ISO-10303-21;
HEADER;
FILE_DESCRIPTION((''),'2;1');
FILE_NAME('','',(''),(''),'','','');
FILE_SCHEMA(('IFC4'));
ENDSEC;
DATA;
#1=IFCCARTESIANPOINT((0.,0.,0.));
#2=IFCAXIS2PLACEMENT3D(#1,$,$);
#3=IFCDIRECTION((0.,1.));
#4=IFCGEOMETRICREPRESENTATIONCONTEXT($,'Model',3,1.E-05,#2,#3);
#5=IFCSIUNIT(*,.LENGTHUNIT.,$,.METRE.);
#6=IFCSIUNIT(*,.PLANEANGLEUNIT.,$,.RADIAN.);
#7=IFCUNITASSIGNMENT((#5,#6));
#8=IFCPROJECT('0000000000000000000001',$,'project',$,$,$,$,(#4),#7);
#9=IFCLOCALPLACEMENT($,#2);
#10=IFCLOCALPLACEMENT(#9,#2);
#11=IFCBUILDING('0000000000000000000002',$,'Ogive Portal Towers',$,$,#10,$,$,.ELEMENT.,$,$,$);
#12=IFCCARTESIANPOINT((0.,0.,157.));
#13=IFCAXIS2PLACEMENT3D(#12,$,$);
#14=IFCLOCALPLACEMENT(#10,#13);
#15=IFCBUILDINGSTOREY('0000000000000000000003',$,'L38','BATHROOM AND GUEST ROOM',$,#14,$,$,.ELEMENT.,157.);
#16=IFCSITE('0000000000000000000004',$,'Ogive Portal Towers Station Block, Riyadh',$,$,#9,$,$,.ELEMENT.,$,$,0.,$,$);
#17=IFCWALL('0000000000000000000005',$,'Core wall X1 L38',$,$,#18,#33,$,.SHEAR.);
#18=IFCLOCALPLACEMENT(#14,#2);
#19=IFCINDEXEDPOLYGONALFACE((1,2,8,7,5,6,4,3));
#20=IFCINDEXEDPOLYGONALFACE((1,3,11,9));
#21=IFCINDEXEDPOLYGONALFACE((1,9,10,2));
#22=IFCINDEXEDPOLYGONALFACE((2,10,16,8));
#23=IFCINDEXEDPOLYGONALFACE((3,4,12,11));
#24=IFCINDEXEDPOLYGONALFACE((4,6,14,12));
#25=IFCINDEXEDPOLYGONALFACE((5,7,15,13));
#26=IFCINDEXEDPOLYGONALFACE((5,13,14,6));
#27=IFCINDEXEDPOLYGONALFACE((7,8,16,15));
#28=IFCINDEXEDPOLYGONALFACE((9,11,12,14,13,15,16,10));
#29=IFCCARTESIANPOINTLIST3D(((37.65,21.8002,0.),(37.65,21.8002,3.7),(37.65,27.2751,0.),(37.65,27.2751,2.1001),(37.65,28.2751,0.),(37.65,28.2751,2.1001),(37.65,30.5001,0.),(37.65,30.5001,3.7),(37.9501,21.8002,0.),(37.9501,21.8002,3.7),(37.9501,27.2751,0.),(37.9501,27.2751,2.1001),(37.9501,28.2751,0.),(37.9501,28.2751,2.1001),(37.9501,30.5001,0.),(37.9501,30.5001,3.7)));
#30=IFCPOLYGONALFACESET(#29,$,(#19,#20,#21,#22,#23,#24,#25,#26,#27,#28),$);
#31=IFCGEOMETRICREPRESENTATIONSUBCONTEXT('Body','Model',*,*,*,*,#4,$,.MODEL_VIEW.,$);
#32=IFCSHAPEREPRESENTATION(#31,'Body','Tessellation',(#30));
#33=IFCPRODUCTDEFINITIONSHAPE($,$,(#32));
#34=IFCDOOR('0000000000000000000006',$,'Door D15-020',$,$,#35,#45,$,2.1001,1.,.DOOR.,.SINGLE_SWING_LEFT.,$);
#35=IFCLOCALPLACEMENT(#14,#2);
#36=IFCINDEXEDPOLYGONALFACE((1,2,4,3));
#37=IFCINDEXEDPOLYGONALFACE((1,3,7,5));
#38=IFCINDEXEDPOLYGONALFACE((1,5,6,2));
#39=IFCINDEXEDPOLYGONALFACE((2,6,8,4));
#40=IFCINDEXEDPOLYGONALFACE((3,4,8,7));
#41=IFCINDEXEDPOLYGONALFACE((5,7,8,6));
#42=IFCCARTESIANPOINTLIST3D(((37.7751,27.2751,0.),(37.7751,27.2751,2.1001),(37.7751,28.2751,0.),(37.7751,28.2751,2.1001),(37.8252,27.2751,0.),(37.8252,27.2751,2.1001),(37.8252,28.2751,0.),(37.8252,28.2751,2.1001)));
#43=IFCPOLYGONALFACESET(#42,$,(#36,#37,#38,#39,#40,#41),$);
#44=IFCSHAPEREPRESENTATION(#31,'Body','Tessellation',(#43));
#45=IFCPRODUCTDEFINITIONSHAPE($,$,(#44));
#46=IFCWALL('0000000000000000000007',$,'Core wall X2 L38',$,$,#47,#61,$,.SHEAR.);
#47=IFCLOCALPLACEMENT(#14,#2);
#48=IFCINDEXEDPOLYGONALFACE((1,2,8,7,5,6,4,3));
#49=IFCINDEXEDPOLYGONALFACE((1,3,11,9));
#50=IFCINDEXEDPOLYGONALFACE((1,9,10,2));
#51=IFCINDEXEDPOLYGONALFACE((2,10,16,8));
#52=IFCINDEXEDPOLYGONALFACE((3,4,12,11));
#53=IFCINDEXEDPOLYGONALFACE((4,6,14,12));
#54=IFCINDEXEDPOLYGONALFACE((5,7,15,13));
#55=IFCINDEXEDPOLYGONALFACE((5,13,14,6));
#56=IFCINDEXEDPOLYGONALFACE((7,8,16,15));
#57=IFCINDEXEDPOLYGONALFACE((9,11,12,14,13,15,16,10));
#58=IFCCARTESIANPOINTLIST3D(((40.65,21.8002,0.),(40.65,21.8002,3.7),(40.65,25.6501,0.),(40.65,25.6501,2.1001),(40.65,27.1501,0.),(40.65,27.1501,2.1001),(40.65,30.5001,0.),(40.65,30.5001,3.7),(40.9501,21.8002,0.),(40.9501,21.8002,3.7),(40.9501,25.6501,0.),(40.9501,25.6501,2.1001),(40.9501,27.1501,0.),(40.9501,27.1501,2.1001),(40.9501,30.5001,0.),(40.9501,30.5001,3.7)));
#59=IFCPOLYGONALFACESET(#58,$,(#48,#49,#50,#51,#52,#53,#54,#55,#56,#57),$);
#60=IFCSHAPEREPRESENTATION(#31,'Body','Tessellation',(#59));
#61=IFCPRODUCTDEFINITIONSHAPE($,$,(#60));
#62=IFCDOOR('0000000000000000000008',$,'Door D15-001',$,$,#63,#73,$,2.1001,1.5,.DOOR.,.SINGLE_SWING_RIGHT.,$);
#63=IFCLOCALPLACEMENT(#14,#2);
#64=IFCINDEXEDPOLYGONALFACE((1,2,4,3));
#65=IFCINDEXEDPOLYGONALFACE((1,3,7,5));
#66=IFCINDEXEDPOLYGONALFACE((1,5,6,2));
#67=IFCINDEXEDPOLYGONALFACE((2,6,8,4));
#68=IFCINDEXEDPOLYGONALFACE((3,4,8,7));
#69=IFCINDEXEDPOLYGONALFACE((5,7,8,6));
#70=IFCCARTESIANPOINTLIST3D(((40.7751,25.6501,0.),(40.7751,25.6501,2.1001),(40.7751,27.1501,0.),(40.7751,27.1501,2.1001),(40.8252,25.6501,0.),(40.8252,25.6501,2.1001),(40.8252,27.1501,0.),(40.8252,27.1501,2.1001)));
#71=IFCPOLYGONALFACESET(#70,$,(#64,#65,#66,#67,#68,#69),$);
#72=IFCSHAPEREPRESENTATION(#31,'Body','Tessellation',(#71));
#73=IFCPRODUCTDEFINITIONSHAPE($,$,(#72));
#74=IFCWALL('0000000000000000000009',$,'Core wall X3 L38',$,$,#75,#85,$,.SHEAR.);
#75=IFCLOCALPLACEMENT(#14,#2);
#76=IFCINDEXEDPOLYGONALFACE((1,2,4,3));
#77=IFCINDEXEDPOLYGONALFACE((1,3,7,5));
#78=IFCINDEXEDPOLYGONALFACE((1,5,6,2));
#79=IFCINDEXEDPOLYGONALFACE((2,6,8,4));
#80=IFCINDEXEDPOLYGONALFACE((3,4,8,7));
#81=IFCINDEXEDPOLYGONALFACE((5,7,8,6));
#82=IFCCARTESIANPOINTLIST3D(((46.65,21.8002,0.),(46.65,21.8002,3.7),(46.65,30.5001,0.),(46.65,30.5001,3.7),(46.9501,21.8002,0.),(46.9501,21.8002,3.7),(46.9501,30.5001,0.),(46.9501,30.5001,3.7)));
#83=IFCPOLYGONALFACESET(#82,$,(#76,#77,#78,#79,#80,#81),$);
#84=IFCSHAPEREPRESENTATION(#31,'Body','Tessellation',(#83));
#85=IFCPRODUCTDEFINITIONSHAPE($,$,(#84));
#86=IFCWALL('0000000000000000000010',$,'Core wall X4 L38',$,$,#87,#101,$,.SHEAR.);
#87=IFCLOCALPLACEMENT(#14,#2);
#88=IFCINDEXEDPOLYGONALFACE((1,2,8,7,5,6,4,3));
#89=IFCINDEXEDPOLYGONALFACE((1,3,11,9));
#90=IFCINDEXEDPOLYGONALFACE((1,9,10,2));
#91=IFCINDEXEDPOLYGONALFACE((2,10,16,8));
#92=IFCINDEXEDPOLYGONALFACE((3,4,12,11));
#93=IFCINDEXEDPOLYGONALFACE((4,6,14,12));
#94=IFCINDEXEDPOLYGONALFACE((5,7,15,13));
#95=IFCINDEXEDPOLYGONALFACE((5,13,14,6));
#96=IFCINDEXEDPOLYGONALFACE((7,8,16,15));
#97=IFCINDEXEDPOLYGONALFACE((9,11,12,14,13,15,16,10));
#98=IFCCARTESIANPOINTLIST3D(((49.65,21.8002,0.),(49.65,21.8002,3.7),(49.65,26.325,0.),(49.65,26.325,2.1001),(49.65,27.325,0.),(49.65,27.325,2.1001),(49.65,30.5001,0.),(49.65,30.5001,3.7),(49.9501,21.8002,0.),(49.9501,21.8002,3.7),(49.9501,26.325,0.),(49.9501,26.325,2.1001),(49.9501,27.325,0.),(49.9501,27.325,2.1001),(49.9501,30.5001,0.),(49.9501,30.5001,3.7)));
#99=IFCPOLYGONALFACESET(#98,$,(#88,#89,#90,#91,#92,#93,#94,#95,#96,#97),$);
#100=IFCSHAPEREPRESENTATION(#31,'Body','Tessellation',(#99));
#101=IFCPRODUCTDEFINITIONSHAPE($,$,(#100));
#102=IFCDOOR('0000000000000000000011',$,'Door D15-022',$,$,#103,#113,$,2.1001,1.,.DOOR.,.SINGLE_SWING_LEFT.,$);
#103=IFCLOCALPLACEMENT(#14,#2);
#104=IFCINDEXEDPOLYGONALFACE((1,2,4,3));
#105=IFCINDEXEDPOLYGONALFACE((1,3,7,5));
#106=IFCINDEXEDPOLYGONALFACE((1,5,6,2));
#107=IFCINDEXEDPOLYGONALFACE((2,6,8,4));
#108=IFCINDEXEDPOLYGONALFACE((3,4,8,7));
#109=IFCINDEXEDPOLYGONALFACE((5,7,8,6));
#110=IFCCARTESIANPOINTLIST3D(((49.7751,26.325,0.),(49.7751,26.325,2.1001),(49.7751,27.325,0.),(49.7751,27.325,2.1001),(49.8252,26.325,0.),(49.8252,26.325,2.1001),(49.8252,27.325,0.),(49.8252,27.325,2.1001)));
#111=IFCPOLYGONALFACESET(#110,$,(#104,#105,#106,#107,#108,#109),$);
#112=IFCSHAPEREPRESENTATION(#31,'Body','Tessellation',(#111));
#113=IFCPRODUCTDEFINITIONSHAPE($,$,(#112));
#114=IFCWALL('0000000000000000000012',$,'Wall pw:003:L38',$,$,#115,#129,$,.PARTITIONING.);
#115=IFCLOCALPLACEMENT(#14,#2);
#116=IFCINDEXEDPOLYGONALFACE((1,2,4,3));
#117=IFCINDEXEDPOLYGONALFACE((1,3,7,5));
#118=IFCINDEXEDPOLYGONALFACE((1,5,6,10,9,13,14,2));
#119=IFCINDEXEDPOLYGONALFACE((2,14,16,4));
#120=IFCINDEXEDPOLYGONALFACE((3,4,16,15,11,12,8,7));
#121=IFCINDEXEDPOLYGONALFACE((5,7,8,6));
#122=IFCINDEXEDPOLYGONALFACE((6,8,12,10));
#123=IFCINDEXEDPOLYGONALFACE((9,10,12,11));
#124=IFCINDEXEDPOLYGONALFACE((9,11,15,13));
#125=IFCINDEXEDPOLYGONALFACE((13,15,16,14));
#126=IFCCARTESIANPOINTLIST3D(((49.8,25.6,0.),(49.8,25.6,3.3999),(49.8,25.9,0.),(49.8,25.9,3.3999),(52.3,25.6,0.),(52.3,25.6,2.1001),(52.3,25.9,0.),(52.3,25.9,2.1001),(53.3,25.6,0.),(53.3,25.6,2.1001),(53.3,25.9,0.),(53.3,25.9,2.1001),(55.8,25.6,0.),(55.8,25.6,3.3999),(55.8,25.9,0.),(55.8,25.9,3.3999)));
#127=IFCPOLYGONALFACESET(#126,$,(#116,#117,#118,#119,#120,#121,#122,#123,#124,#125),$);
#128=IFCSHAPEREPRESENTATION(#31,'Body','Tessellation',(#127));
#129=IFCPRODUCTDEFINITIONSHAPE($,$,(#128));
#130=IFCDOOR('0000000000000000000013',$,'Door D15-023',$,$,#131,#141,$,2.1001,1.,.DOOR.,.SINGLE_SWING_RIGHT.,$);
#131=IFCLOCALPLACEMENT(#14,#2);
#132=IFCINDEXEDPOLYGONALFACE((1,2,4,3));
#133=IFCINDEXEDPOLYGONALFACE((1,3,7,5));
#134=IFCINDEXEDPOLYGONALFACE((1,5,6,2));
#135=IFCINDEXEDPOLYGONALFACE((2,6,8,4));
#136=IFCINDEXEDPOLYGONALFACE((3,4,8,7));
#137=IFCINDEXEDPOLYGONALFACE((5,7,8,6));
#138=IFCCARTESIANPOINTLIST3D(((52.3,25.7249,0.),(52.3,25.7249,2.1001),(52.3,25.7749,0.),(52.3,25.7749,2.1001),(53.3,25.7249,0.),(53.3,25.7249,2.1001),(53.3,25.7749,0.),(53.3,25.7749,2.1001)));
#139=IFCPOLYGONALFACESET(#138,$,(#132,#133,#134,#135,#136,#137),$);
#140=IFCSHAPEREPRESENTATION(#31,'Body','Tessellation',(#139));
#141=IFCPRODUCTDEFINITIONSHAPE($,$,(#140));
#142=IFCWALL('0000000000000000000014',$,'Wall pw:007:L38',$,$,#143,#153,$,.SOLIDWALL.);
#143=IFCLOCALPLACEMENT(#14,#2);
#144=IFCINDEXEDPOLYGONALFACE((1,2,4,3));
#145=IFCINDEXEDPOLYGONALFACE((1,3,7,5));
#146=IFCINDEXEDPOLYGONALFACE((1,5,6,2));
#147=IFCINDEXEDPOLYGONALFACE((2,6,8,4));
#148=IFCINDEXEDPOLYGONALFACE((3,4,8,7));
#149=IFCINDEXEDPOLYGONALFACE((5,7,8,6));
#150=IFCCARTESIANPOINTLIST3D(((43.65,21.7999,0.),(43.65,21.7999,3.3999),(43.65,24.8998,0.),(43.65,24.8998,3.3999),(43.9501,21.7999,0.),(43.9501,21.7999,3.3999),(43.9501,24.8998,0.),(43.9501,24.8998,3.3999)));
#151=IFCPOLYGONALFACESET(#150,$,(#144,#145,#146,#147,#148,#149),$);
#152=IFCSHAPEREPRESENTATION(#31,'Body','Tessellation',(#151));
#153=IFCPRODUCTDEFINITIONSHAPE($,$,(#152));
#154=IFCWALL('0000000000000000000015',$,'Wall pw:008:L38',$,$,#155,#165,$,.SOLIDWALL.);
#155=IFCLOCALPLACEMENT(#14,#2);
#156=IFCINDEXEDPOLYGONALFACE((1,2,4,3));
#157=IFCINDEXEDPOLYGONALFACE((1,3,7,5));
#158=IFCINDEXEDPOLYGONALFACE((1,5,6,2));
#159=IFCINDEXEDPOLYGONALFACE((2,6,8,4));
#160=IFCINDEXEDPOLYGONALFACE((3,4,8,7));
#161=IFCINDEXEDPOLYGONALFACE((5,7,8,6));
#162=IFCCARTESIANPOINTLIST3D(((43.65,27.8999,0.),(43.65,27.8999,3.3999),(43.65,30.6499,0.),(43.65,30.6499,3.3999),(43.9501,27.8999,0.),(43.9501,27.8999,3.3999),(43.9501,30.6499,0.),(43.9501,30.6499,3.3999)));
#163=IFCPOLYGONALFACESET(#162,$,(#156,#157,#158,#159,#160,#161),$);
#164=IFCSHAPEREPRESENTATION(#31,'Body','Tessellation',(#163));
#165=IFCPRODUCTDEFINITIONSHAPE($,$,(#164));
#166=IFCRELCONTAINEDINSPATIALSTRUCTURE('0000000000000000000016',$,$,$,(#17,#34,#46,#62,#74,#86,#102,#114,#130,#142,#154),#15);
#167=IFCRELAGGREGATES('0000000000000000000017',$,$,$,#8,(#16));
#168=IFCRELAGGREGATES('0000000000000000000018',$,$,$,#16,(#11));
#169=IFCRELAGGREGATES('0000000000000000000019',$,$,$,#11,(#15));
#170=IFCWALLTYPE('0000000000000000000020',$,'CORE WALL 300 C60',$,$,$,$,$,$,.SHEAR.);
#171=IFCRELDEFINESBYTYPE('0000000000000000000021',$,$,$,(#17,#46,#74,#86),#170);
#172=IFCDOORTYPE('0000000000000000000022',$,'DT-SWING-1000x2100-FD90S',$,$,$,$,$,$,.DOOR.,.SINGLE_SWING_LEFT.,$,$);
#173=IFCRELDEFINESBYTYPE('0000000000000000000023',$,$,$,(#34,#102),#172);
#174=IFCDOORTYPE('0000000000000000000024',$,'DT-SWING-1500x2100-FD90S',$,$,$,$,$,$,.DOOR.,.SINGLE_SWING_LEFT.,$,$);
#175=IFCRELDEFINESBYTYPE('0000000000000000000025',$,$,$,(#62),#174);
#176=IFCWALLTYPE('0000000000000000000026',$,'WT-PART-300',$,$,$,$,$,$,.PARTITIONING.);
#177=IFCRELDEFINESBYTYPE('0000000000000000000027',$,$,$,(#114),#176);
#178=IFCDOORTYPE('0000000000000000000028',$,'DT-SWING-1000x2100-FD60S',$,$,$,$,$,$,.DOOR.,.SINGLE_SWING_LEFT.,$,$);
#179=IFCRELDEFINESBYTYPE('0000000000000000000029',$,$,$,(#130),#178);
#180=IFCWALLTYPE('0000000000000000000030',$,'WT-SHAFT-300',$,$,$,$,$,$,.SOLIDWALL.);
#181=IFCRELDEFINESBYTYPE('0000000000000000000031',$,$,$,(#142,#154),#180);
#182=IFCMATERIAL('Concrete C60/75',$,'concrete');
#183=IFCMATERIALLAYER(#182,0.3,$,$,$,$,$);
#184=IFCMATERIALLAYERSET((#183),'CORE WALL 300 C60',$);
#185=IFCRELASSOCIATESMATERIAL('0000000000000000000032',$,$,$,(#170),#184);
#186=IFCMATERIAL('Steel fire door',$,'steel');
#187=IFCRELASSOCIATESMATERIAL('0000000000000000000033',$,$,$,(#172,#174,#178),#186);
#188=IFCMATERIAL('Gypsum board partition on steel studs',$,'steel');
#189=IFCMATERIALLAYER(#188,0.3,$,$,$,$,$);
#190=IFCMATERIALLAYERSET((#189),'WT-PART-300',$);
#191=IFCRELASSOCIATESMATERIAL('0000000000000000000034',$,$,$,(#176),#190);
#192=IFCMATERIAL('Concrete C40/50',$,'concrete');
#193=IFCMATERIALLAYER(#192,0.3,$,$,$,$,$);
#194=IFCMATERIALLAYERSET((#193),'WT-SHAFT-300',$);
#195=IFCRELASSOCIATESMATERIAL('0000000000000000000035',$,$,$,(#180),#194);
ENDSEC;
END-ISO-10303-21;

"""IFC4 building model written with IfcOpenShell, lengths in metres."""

from ifc_helpers import new_model, si_unit, direction, frame, frame_2d, origin, place, context, subcontext, project, spatial, rectangle, extrude, material, layer, layer_set, type_object, element, fill, save


model = new_model("IFC4")

# Units and contexts
model_context = context("Model", 3, precision=1e-05, world=origin(), true_north=direction((0.0, 1.0)))
body_context = subcontext(model_context, "Body", "Model", "MODEL_VIEW")
ifc_project = project(units=[si_unit("LENGTHUNIT", "METRE"), si_unit("PLANEANGLEUNIT", "RADIAN")], contexts=[model_context])

# Site, building, storey
site_placement = place(None, origin())
site = spatial("IfcSite", under=ifc_project, at=site_placement, Name="Ogive Portal Towers Station Block, Riyadh", CompositionType="ELEMENT", RefElevation=0.0)
building_placement = place(site_placement, origin())
building = spatial("IfcBuilding", under=site, at=building_placement, Name="Ogive Portal Towers", CompositionType="ELEMENT")
storey_placement = place(building_placement, frame((0.0, 0.0, 157.0)))
storey = spatial("IfcBuildingStorey", under=building, at=storey_placement, Name="L38", Description="BATHROOM AND GUEST ROOM", CompositionType="ELEMENT", Elevation=157.0)

# Walls, openings, doors
ifc_material_1 = material(Name="Concrete C60/75", Category="concrete")
ifc_layer_1 = layer(ifc_material_1, 0.3)
ifc_layer_set_1 = layer_set([ifc_layer_1], Name="CORE WALL 300 C60")
wall_type_1 = type_object("IfcWallType", Name="CORE WALL 300 C60", PredefinedType="SHEAR", material=ifc_layer_set_1)
wall_1_placement = place(storey_placement, frame((37.8, 21.8, 0.0), z_axis=(0.0, 0.0, 1.0), x_axis=(0.0, 1.0, 0.0)))
wall_1 = element("IfcWall", 1, at=wall_1_placement, inside=storey, type_object=wall_type_1, Name="Core wall X1 L38", PredefinedType="SHEAR", context=body_context, shape_type="SweptSolid", body=[
    extrude(rectangle(XDim=8.7, YDim=0.3, at=frame_2d((4.3501, 0.0))), origin(), (0.0, 0.0, 1.0), 3.7),
])
opening_1_placement = place(wall_1_placement, frame((5.4751, 0.0, 0.0)))
opening_1 = element("IfcOpeningElement", 2, at=opening_1_placement, cuts=wall_1, PredefinedType="OPENING", context=body_context, shape_type="SweptSolid", body=[
    extrude(rectangle(XDim=1.0, YDim=2.1001, at=frame_2d((0.5, 1.05))), frame((0.0, 0.1602, 0.0), z_axis=(0.0, -1.0, 0.0), x_axis=(1.0, 0.0, 0.0)), (0.0, 0.0, 1.0), 0.3201),
])
ifc_material_2 = material(Name="Steel fire door", Category="steel")
door_type_1 = type_object("IfcDoorType", Name="DT-SWING-1000x2100-FD90S", OperationType="SINGLE_SWING_LEFT", PredefinedType="DOOR", material=ifc_material_2)
door_1_placement = place(opening_1_placement, origin())
door_1 = element("IfcDoor", 3, at=door_1_placement, inside=storey, type_object=door_type_1, Name="Door D15-020", OperationType="SINGLE_SWING_LEFT", OverallHeight=2.1001, OverallWidth=1.0, PredefinedType="DOOR", context=body_context, shape_type="SweptSolid", body=[
    extrude(rectangle(XDim=1.0, YDim=2.1001, at=frame_2d((0.5, 1.05))), frame((0.0, 0.0249, 0.0), z_axis=(0.0, -1.0, 0.0), x_axis=(1.0, 0.0, 0.0)), (0.0, 0.0, 1.0), 0.05),
])
fill(opening_1, door_1)
wall_2_placement = place(storey_placement, frame((40.8, 21.8, 0.0), z_axis=(0.0, 0.0, 1.0), x_axis=(0.0, 1.0, 0.0)))
wall_2 = element("IfcWall", 4, at=wall_2_placement, inside=storey, type_object=wall_type_1, Name="Core wall X2 L38", PredefinedType="SHEAR", context=body_context, shape_type="SweptSolid", body=[
    extrude(rectangle(XDim=8.7, YDim=0.3, at=frame_2d((4.3501, 0.0))), origin(), (0.0, 0.0, 1.0), 3.7),
])
opening_2_placement = place(wall_2_placement, frame((3.8501, 0.0, 0.0)))
opening_2 = element("IfcOpeningElement", 5, at=opening_2_placement, cuts=wall_2, PredefinedType="OPENING", context=body_context, shape_type="SweptSolid", body=[
    extrude(rectangle(XDim=1.5, YDim=2.1001, at=frame_2d((0.75, 1.05))), frame((0.0, 0.1602, 0.0), z_axis=(0.0, -1.0, 0.0), x_axis=(1.0, 0.0, 0.0)), (0.0, 0.0, 1.0), 0.3201),
])
door_type_2 = type_object("IfcDoorType", Name="DT-SWING-1500x2100-FD90S", OperationType="SINGLE_SWING_LEFT", PredefinedType="DOOR", material=ifc_material_2)
door_2_placement = place(opening_2_placement, origin())
door_2 = element("IfcDoor", 6, at=door_2_placement, inside=storey, type_object=door_type_2, Name="Door D15-001", OperationType="SINGLE_SWING_RIGHT", OverallHeight=2.1001, OverallWidth=1.5, PredefinedType="DOOR", context=body_context, shape_type="SweptSolid", body=[
    extrude(rectangle(XDim=1.5, YDim=2.1001, at=frame_2d((0.75, 1.05))), frame((0.0, 0.0249, 0.0), z_axis=(0.0, -1.0, 0.0), x_axis=(1.0, 0.0, 0.0)), (0.0, 0.0, 1.0), 0.05),
])
fill(opening_2, door_2)

# Wall
wall_3_placement = place(storey_placement, frame((46.8, 21.8, 0.0), z_axis=(0.0, 0.0, 1.0), x_axis=(0.0, 1.0, 0.0)))
element("IfcWall", 7, at=wall_3_placement, inside=storey, type_object=wall_type_1, Name="Core wall X3 L38", PredefinedType="SHEAR", context=body_context, shape_type="SweptSolid", body=[
    extrude(rectangle(XDim=8.7, YDim=0.3, at=frame_2d((4.3501, 0.0))), origin(), (0.0, 0.0, 1.0), 3.7),
])

# Walls, openings, doors
wall_4_placement = place(storey_placement, frame((49.8, 21.8, 0.0), z_axis=(0.0, 0.0, 1.0), x_axis=(0.0, 1.0, 0.0)))
wall_4 = element("IfcWall", 8, at=wall_4_placement, inside=storey, type_object=wall_type_1, Name="Core wall X4 L38", PredefinedType="SHEAR", context=body_context, shape_type="SweptSolid", body=[
    extrude(rectangle(XDim=8.7, YDim=0.3, at=frame_2d((4.3501, 0.0))), origin(), (0.0, 0.0, 1.0), 3.7),
])
opening_3_placement = place(wall_4_placement, frame((4.5249, 0.0, 0.0)))
opening_3 = element("IfcOpeningElement", 9, at=opening_3_placement, cuts=wall_4, PredefinedType="OPENING", context=body_context, shape_type="SweptSolid", body=[
    extrude(rectangle(XDim=1.0, YDim=2.1001, at=frame_2d((0.5, 1.05))), frame((0.0, 0.1602, 0.0), z_axis=(0.0, -1.0, 0.0), x_axis=(1.0, 0.0, 0.0)), (0.0, 0.0, 1.0), 0.3201),
])
door_3_placement = place(opening_3_placement, origin())
door_3 = element("IfcDoor", 10, at=door_3_placement, inside=storey, type_object=door_type_1, Name="Door D15-022", OperationType="SINGLE_SWING_LEFT", OverallHeight=2.1001, OverallWidth=1.0, PredefinedType="DOOR", context=body_context, shape_type="SweptSolid", body=[
    extrude(rectangle(XDim=1.0, YDim=2.1001, at=frame_2d((0.5, 1.05))), frame((0.0, 0.0249, 0.0), z_axis=(0.0, -1.0, 0.0), x_axis=(1.0, 0.0, 0.0)), (0.0, 0.0, 1.0), 0.05),
])
fill(opening_3, door_3)
ifc_material_3 = material(Name="Gypsum board partition on steel studs", Category="steel")
ifc_layer_2 = layer(ifc_material_3, 0.3)
ifc_layer_set_2 = layer_set([ifc_layer_2], Name="WT-PART-300")
wall_type_2 = type_object("IfcWallType", Name="WT-PART-300", PredefinedType="PARTITIONING", material=ifc_layer_set_2)
wall_5_placement = place(storey_placement, frame((49.8, 25.75, 0.0), z_axis=(0.0, 0.0, 1.0), x_axis=(1.0, 0.0, 0.0)))
wall_5 = element("IfcWall", 11, at=wall_5_placement, inside=storey, type_object=wall_type_2, Name="Wall pw:003:L38", PredefinedType="PARTITIONING", context=body_context, shape_type="SweptSolid", body=[
    extrude(rectangle(XDim=6.0, YDim=0.3, at=frame_2d((3.0, 0.0))), origin(), (0.0, 0.0, 1.0), 3.3999),
])
opening_4_placement = place(wall_5_placement, frame((2.5, 0.0, 0.0)))
opening_4 = element("IfcOpeningElement", 12, at=opening_4_placement, cuts=wall_5, PredefinedType="OPENING", context=body_context, shape_type="SweptSolid", body=[
    extrude(rectangle(XDim=1.0, YDim=2.1001, at=frame_2d((0.5, 1.05))), frame((0.0, 0.1602, 0.0), z_axis=(0.0, -1.0, 0.0), x_axis=(1.0, 0.0, 0.0)), (0.0, 0.0, 1.0), 0.3201),
])
door_type_3 = type_object("IfcDoorType", Name="DT-SWING-1000x2100-FD60S", OperationType="SINGLE_SWING_LEFT", PredefinedType="DOOR", material=ifc_material_2)
door_4_placement = place(opening_4_placement, origin())
door_4 = element("IfcDoor", 13, at=door_4_placement, inside=storey, type_object=door_type_3, Name="Door D15-023", OperationType="SINGLE_SWING_RIGHT", OverallHeight=2.1001, OverallWidth=1.0, PredefinedType="DOOR", context=body_context, shape_type="SweptSolid", body=[
    extrude(rectangle(XDim=1.0, YDim=2.1001, at=frame_2d((0.5, 1.05))), frame((0.0, 0.0249, 0.0), z_axis=(0.0, -1.0, 0.0), x_axis=(1.0, 0.0, 0.0)), (0.0, 0.0, 1.0), 0.05),
])
fill(opening_4, door_4)

# Shared definitions
ifc_material_4 = material(Name="Concrete C40/50", Category="concrete")
ifc_layer_3 = layer(ifc_material_4, 0.3)
ifc_layer_set_3 = layer_set([ifc_layer_3], Name="WT-SHAFT-300")
wall_type_3 = type_object("IfcWallType", Name="WT-SHAFT-300", PredefinedType="SOLIDWALL", material=ifc_layer_set_3)

# Walls
wall_6_placement = place(storey_placement, frame((43.8, 21.8, 0.0), z_axis=(0.0, 0.0, 1.0), x_axis=(0.0, 1.0, 0.0)))
element("IfcWall", 14, at=wall_6_placement, inside=storey, type_object=wall_type_3, Name="Wall pw:007:L38", PredefinedType="SOLIDWALL", context=body_context, shape_type="SweptSolid", body=[
    extrude(rectangle(XDim=3.0999, YDim=0.3, at=frame_2d((1.5498, 0.0))), origin(), (0.0, 0.0, 1.0), 3.3999),
])
wall_7_placement = place(storey_placement, frame((43.8, 27.8999, 0.0), z_axis=(0.0, 0.0, 1.0), x_axis=(0.0, 1.0, 0.0)))
element("IfcWall", 15, at=wall_7_placement, inside=storey, type_object=wall_type_3, Name="Wall pw:008:L38", PredefinedType="SOLIDWALL", context=body_context, shape_type="SweptSolid", body=[
    extrude(rectangle(XDim=2.75, YDim=0.3, at=frame_2d((1.375, 0.0))), origin(), (0.0, 0.0, 1.0), 3.3999),
])

save(model, "model.ifc")
